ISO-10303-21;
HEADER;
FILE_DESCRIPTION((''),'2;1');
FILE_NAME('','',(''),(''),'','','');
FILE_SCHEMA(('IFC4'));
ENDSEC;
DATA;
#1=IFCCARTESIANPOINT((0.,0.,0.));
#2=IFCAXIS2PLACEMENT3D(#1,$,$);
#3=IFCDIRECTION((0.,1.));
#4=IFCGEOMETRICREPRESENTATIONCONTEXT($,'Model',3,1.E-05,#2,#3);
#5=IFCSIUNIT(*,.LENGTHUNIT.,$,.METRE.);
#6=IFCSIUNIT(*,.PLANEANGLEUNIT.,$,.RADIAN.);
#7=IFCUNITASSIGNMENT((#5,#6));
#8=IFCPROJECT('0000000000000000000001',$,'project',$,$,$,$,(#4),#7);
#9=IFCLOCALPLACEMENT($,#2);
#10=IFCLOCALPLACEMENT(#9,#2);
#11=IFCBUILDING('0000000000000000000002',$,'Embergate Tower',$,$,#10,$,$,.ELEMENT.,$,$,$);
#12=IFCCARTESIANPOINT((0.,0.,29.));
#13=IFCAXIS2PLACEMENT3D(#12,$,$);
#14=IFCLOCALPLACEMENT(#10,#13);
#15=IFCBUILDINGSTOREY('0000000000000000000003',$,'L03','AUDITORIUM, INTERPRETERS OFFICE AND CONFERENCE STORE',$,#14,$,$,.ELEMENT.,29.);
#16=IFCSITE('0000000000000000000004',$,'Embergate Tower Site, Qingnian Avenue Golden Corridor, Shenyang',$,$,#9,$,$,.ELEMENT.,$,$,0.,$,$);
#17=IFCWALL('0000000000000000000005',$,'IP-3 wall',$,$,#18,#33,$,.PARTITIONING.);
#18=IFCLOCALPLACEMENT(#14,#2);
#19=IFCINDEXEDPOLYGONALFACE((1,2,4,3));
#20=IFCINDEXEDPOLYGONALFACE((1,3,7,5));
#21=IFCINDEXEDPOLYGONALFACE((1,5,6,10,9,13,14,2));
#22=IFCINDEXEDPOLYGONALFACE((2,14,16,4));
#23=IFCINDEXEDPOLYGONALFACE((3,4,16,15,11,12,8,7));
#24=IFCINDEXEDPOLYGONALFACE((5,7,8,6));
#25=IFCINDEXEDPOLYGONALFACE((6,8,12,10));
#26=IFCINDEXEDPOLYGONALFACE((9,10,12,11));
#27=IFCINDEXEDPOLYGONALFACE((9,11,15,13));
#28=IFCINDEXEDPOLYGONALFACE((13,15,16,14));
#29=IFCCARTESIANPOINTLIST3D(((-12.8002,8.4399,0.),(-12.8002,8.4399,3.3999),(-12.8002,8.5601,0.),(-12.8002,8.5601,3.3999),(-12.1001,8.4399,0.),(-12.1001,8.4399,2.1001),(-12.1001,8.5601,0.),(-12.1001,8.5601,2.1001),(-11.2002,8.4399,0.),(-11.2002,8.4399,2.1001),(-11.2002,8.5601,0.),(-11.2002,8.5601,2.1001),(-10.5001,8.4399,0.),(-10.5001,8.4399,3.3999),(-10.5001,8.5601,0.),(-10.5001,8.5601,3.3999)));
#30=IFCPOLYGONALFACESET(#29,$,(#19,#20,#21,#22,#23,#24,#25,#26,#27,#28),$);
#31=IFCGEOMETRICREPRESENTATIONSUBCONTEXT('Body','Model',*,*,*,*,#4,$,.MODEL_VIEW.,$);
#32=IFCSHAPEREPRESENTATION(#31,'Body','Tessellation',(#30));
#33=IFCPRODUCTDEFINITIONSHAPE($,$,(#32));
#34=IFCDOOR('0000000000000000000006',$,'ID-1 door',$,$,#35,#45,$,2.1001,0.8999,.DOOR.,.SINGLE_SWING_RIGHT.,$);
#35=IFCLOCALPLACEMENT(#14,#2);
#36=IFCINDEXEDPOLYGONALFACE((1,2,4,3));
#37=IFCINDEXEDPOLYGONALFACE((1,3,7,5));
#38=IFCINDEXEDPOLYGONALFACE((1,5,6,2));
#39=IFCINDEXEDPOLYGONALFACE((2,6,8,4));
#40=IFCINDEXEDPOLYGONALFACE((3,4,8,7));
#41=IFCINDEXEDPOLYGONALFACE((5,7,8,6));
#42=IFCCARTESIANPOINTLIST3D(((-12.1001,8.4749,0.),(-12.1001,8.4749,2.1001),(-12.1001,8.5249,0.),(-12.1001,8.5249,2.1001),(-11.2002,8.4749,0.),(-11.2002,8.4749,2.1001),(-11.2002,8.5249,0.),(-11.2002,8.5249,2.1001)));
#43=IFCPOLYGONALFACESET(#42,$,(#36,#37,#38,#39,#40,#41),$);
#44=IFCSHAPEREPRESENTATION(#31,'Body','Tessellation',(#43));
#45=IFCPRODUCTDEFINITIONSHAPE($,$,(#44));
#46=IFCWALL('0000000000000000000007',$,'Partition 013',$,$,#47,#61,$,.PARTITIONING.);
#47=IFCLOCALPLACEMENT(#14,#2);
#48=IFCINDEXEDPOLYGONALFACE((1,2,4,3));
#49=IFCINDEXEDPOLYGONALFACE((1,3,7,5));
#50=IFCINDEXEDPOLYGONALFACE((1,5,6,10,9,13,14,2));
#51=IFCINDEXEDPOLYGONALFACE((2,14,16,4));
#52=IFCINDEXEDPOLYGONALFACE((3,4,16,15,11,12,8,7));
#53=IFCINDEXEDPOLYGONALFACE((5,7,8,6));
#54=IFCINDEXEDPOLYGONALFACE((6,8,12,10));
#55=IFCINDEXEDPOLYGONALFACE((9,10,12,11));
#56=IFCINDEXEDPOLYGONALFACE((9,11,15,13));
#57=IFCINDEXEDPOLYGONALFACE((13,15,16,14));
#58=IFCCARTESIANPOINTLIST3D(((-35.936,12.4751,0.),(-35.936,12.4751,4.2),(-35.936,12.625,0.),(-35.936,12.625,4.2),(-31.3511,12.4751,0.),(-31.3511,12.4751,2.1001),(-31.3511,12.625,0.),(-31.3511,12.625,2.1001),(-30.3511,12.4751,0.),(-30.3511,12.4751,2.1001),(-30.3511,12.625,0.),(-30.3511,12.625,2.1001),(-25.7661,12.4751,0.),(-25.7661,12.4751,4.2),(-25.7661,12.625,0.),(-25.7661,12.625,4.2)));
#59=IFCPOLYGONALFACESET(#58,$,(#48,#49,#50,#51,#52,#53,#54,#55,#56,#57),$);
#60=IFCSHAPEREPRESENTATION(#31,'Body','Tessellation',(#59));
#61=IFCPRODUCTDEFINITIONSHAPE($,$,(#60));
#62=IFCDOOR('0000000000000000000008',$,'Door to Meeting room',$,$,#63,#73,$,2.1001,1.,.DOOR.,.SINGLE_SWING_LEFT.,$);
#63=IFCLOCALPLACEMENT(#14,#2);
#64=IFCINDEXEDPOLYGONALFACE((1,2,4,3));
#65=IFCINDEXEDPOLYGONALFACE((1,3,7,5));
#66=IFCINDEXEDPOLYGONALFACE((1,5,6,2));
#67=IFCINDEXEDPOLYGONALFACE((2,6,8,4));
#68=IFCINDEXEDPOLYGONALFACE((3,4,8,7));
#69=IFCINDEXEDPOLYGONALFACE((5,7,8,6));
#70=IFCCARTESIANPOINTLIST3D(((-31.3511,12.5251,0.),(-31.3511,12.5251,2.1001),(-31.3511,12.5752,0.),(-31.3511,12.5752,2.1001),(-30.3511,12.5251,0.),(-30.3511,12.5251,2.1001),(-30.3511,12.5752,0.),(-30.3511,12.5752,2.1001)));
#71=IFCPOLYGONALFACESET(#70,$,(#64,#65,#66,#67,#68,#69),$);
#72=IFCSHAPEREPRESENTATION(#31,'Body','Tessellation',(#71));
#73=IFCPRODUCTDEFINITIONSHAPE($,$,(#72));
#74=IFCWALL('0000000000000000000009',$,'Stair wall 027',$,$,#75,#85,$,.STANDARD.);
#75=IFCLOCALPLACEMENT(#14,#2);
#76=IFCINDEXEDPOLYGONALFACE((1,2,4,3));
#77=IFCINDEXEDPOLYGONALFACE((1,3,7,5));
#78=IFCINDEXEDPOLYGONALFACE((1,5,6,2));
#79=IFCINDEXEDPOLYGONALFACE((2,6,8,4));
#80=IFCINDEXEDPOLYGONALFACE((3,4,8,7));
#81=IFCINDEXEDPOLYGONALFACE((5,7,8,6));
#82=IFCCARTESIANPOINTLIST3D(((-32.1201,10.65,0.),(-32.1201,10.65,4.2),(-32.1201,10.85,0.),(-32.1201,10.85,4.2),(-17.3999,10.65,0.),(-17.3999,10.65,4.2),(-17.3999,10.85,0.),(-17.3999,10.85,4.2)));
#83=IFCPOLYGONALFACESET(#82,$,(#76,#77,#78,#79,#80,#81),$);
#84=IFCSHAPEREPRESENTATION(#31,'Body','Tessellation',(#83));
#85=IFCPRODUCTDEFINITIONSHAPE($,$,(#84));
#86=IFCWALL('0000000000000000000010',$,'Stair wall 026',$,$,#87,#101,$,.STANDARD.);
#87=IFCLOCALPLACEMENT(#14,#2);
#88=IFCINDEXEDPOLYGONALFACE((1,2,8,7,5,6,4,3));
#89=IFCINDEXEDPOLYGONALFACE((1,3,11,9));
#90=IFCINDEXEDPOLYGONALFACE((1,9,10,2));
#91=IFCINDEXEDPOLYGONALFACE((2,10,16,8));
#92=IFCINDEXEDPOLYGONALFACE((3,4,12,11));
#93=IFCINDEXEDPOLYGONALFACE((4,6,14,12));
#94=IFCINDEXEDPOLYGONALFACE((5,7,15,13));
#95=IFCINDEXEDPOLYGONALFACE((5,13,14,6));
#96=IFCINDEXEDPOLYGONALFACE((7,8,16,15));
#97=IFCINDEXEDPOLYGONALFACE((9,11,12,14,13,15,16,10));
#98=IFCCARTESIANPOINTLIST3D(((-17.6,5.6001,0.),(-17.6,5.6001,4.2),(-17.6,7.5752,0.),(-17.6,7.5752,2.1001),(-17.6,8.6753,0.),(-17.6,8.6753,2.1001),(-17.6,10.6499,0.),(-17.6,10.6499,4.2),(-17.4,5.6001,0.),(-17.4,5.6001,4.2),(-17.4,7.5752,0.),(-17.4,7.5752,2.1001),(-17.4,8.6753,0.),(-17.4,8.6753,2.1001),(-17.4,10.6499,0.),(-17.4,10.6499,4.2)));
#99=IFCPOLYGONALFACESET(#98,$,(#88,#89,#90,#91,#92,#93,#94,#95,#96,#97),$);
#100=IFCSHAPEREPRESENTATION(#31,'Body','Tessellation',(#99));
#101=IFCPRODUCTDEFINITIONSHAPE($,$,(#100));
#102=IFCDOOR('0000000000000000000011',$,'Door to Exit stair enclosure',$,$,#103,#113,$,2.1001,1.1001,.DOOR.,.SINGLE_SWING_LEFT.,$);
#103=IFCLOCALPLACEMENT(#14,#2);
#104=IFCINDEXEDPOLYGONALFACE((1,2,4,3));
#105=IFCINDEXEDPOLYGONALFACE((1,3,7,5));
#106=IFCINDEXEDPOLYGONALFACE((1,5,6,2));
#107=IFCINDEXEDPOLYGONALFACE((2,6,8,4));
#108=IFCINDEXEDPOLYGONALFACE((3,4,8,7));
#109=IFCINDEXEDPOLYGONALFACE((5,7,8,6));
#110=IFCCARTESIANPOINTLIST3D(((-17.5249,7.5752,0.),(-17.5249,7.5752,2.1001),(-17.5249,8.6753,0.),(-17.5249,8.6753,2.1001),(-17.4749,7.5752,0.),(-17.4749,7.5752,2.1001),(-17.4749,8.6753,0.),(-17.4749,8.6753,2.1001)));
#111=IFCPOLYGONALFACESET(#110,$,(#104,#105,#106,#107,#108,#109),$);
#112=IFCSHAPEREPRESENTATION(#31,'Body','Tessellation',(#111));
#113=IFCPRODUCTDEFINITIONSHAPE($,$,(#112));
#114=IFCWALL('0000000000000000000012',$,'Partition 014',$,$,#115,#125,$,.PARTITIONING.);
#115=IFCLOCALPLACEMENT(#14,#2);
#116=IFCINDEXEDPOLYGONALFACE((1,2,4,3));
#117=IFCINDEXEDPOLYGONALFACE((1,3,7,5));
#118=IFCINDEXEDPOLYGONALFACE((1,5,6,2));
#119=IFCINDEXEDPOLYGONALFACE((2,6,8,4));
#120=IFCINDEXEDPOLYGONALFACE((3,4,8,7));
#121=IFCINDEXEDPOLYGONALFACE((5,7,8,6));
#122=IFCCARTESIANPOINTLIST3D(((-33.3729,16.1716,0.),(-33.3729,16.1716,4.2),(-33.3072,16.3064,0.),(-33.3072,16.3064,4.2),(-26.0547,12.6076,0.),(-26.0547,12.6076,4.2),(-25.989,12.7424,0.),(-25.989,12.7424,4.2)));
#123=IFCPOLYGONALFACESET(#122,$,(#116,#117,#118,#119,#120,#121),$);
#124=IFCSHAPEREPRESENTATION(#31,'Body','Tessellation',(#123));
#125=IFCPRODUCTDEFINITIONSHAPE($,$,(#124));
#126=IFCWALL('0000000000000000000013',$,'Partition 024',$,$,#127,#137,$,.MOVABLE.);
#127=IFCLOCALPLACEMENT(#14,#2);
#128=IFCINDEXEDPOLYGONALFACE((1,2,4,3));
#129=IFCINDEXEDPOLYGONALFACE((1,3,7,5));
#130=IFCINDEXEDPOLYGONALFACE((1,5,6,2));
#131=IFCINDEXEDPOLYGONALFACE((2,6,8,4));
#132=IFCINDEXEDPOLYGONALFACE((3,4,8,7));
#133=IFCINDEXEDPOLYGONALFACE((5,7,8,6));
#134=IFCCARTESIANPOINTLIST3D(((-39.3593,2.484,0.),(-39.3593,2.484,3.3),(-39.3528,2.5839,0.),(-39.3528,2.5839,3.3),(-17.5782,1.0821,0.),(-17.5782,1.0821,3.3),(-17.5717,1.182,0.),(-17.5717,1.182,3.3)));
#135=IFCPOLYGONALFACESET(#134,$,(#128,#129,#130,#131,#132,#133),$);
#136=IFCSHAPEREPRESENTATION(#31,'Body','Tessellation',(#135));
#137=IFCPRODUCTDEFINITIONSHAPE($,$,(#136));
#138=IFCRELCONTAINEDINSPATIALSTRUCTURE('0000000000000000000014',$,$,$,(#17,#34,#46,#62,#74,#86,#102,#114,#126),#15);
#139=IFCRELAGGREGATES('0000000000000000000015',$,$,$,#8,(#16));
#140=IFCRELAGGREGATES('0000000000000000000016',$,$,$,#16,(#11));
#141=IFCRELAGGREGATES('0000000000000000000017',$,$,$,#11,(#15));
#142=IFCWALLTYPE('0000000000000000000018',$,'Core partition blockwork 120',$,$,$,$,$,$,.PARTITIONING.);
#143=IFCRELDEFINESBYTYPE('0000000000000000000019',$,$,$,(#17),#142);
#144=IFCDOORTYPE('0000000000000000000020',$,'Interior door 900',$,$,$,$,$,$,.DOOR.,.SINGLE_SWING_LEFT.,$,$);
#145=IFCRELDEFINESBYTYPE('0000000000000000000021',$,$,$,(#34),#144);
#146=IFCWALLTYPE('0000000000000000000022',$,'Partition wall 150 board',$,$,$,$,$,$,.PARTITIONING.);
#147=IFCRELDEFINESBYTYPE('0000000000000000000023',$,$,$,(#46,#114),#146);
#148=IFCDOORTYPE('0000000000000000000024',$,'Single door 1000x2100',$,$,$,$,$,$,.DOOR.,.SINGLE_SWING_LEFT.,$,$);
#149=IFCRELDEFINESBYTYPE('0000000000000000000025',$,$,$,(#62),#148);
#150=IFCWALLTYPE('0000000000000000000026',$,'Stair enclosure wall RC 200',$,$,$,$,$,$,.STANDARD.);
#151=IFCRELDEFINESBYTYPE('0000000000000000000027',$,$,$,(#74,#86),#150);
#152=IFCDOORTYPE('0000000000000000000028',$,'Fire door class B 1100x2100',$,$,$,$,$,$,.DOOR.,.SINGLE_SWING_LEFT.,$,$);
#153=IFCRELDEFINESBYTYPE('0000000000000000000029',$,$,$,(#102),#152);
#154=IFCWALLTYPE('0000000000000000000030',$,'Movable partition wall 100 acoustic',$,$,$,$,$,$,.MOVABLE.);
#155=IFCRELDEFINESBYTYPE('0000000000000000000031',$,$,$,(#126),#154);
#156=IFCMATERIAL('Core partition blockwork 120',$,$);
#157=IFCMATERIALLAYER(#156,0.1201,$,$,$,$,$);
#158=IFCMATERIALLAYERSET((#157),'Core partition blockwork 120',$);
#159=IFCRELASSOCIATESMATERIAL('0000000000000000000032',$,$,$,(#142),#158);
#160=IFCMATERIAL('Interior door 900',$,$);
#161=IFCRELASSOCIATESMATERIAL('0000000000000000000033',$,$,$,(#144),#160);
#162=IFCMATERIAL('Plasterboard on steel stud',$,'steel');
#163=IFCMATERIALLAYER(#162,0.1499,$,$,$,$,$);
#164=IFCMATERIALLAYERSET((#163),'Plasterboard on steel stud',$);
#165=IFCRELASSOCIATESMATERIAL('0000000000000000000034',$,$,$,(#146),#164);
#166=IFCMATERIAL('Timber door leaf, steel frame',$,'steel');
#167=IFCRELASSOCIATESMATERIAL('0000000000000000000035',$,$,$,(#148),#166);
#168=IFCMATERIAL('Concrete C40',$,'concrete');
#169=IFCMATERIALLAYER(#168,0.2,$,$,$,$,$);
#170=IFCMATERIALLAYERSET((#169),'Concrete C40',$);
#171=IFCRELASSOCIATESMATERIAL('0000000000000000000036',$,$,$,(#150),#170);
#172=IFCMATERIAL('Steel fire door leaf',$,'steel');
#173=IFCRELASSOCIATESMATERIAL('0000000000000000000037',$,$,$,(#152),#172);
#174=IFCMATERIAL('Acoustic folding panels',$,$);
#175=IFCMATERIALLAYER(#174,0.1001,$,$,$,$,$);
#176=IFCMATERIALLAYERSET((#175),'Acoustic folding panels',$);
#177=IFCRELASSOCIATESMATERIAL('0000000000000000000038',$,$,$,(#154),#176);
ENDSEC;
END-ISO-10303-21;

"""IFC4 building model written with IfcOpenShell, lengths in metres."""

from ifc_helpers import new_model, si_unit, direction, frame, frame_2d, origin, place, context, subcontext, project, spatial, rectangle, extrude, source, transform, mapped, material, layer, layer_set, type_object, element, fill, save


model = new_model("IFC4")

# Units and contexts
model_context = context("Model", 3, precision=1e-05, world=origin(), true_north=direction((0.0, 1.0)))
body_context = subcontext(model_context, "Body", "Model", "MODEL_VIEW")
ifc_project = project(units=[si_unit("LENGTHUNIT", "METRE"), si_unit("PLANEANGLEUNIT", "RADIAN")], contexts=[model_context])

# Site, building, storey
site_placement = place(None, origin())
site = spatial("IfcSite", under=ifc_project, at=site_placement, Name="Embergate Tower Site, Qingnian Avenue Golden Corridor, Shenyang", CompositionType="ELEMENT", RefElevation=0.0)
building_placement = place(site_placement, origin())
building = spatial("IfcBuilding", under=site, at=building_placement, Name="Embergate Tower", CompositionType="ELEMENT")
storey_placement = place(building_placement, frame((0.0, 0.0, 29.0)))
storey = spatial("IfcBuildingStorey", under=building, at=storey_placement, Name="L03", Description="AUDITORIUM, INTERPRETERS OFFICE AND CONFERENCE STORE", CompositionType="ELEMENT", Elevation=29.0)

# Shared definitions
ifc_material_1 = material(Name="Core partition blockwork 120")
ifc_layer_1 = layer(ifc_material_1, 0.1201)
ifc_layer_set_1 = layer_set([ifc_layer_1], Name="Core partition blockwork 120")
wall_type_1 = type_object("IfcWallType", Name="Core partition blockwork 120", PredefinedType="PARTITIONING", material=ifc_layer_set_1)
shared_shape_1 = source(origin(), body_context, "Body", "SweptSolid", [
    extrude(rectangle(XDim=0.8999, YDim=2.1001, at=frame_2d((0.45, 1.05))), frame((0.0, 0.0701, 0.0), z_axis=(0.0, -1.0, 0.0), x_axis=(1.0, 0.0, 0.0)), (0.0, 0.0, 1.0), 0.1401),
])
ifc_material_2 = material(Name="Interior door 900")
door_type_1 = type_object("IfcDoorType", Name="Interior door 900", OperationType="SINGLE_SWING_LEFT", PredefinedType="DOOR", material=ifc_material_2)
shared_shape_2 = source(origin(), body_context, "Body", "SweptSolid", [
    extrude(rectangle(XDim=0.8999, YDim=2.1001, at=frame_2d((0.45, 1.05))), frame((0.0, 0.0249, 0.0), z_axis=(0.0, -1.0, 0.0), x_axis=(1.0, 0.0, 0.0)), (0.0, 0.0, 1.0), 0.05),
])

# Walls, openings, doors
shared_shape_3 = source(origin(), body_context, "Body", "SweptSolid", [
    extrude(rectangle(XDim=2.3, YDim=0.1201, at=frame_2d((1.1499, 0.0))), origin(), (0.0, 0.0, 1.0), 3.3999),
])
wall_1_placement = place(storey_placement, frame((-12.8, 8.5, 0.0), z_axis=(0.0, 0.0, 1.0), x_axis=(1.0, 0.0, 0.0)))
wall_1 = element("IfcWall", 1, at=wall_1_placement, inside=storey, type_object=wall_type_1, Name="IP-3 wall", PredefinedType="PARTITIONING", context=body_context, shape_type="MappedRepresentation", body=[
    mapped(shared_shape_3, transform((0.0, 0.0, 0.0))),
])
opening_1_placement = place(wall_1_placement, frame((0.7, 0.0, 0.0)))
opening_1 = element("IfcOpeningElement", 2, at=opening_1_placement, cuts=wall_1, PredefinedType="OPENING", context=body_context, shape_type="MappedRepresentation", body=[
    mapped(shared_shape_1, transform((0.0, 0.0, 0.0))),
])
door_1_placement = place(opening_1_placement, origin())
door_1 = element("IfcDoor", 3, at=door_1_placement, inside=storey, type_object=door_type_1, Name="ID-1 door", OperationType="SINGLE_SWING_RIGHT", OverallHeight=2.1001, OverallWidth=0.8999, PredefinedType="DOOR", context=body_context, shape_type="MappedRepresentation", body=[
    mapped(shared_shape_2, transform((0.0, 0.0, 0.0))),
])
fill(opening_1, door_1)
ifc_material_3 = material(Name="Plasterboard on steel stud", Category="steel")
ifc_layer_2 = layer(ifc_material_3, 0.1499)
ifc_layer_set_2 = layer_set([ifc_layer_2], Name="Plasterboard on steel stud")
wall_type_2 = type_object("IfcWallType", Name="Partition wall 150 board", PredefinedType="PARTITIONING", material=ifc_layer_set_2)
shared_shape_4 = source(origin(), body_context, "Body", "SweptSolid", [
    extrude(rectangle(XDim=10.1699, YDim=0.1499, at=frame_2d((5.085, 0.0))), origin(), (0.0, 0.0, 1.0), 4.2),
])
wall_2_placement = place(storey_placement, frame((-25.7661, 12.55, 0.0), z_axis=(0.0, 0.0, 1.0), x_axis=(-1.0, 0.0, 0.0)))
wall_2 = element("IfcWall", 4, at=wall_2_placement, inside=storey, type_object=wall_type_2, Name="Partition 013", PredefinedType="PARTITIONING", context=body_context, shape_type="MappedRepresentation", body=[
    mapped(shared_shape_4, transform((0.0, 0.0, 0.0))),
])
shared_shape_5 = source(origin(), body_context, "Body", "SweptSolid", [
    extrude(rectangle(XDim=1.0, YDim=2.1001, at=frame_2d((0.5, 1.05))), frame((0.0, 0.085, 0.0), z_axis=(0.0, -1.0, 0.0), x_axis=(1.0, 0.0, 0.0)), (0.0, 0.0, 1.0), 0.1699),
])
opening_2_placement = place(wall_2_placement, frame((4.585, 0.0, 0.0)))
opening_2 = element("IfcOpeningElement", 5, at=opening_2_placement, cuts=wall_2, PredefinedType="OPENING", context=body_context, shape_type="MappedRepresentation", body=[
    mapped(shared_shape_5, transform((0.0, 0.0, 0.0))),
])
ifc_material_4 = material(Name="Timber door leaf, steel frame", Category="steel")
door_type_2 = type_object("IfcDoorType", Name="Single door 1000x2100", OperationType="SINGLE_SWING_LEFT", PredefinedType="DOOR", material=ifc_material_4)
shared_shape_6 = source(origin(), body_context, "Body", "SweptSolid", [
    extrude(rectangle(XDim=1.0, YDim=2.1001, at=frame_2d((0.5, 1.05))), frame((0.0, 0.0249, 0.0), z_axis=(0.0, -1.0, 0.0), x_axis=(1.0, 0.0, 0.0)), (0.0, 0.0, 1.0), 0.05),
])
door_2_placement = place(opening_2_placement, origin())
door_2 = element("IfcDoor", 6, at=door_2_placement, inside=storey, type_object=door_type_2, Name="Door to Meeting room", OperationType="SINGLE_SWING_LEFT", OverallHeight=2.1001, OverallWidth=1.0, PredefinedType="DOOR", context=body_context, shape_type="MappedRepresentation", body=[
    mapped(shared_shape_6, transform((0.0, 0.0, 0.0))),
])
fill(opening_2, door_2)

# Wall
ifc_material_5 = material(Name="Concrete C40", Category="concrete")
ifc_layer_3 = layer(ifc_material_5, 0.2)
ifc_layer_set_3 = layer_set([ifc_layer_3], Name="Concrete C40")
wall_type_3 = type_object("IfcWallType", Name="Stair enclosure wall RC 200", PredefinedType="STANDARD", material=ifc_layer_set_3)
shared_shape_7 = source(origin(), body_context, "Body", "SweptSolid", [
    extrude(rectangle(XDim=14.7202, YDim=0.2, at=frame_2d((7.3601, 0.0))), origin(), (0.0, 0.0, 1.0), 4.2),
])
wall_3_placement = place(storey_placement, frame((-17.3999, 10.75, 0.0), z_axis=(0.0, 0.0, 1.0), x_axis=(-1.0, 0.0, 0.0)))
element("IfcWall", 7, at=wall_3_placement, inside=storey, type_object=wall_type_3, Name="Stair wall 027", PredefinedType="STANDARD", context=body_context, shape_type="MappedRepresentation", body=[
    mapped(shared_shape_7, transform((0.0, 0.0, 0.0))),
])

# Wall, opening, door
shared_shape_8 = source(origin(), body_context, "Body", "SweptSolid", [
    extrude(rectangle(XDim=5.0498, YDim=0.2, at=frame_2d((2.5249, 0.0))), origin(), (0.0, 0.0, 1.0), 4.2),
])
wall_4_placement = place(storey_placement, frame((-17.5, 5.6001, 0.0), z_axis=(0.0, 0.0, 1.0), x_axis=(0.0, 1.0, 0.0)))
wall_4 = element("IfcWall", 8, at=wall_4_placement, inside=storey, type_object=wall_type_3, Name="Stair wall 026", PredefinedType="STANDARD", context=body_context, shape_type="MappedRepresentation", body=[
    mapped(shared_shape_8, transform((0.0, 0.0, 0.0))),
])
shared_shape_9 = source(origin(), body_context, "Body", "SweptSolid", [
    extrude(rectangle(XDim=1.1001, YDim=2.1001, at=frame_2d((0.55, 1.05))), frame((0.0, 0.1099, 0.0), z_axis=(0.0, -1.0, 0.0), x_axis=(1.0, 0.0, 0.0)), (0.0, 0.0, 1.0), 0.22),
])
opening_3_placement = place(wall_4_placement, frame((1.9751, 0.0, 0.0)))
opening_3 = element("IfcOpeningElement", 9, at=opening_3_placement, cuts=wall_4, PredefinedType="OPENING", context=body_context, shape_type="MappedRepresentation", body=[
    mapped(shared_shape_9, transform((0.0, 0.0, 0.0))),
])
ifc_material_6 = material(Name="Steel fire door leaf", Category="steel")
door_type_3 = type_object("IfcDoorType", Name="Fire door class B 1100x2100", OperationType="SINGLE_SWING_LEFT", PredefinedType="DOOR", material=ifc_material_6)
shared_shape_10 = source(origin(), body_context, "Body", "SweptSolid", [
    extrude(rectangle(XDim=1.1001, YDim=2.1001, at=frame_2d((0.55, 1.05))), frame((0.0, 0.0249, 0.0), z_axis=(0.0, -1.0, 0.0), x_axis=(1.0, 0.0, 0.0)), (0.0, 0.0, 1.0), 0.05),
])
door_3_placement = place(opening_3_placement, origin())
door_3 = element("IfcDoor", 10, at=door_3_placement, inside=storey, type_object=door_type_3, Name="Door to Exit stair enclosure", OperationType="SINGLE_SWING_LEFT", OverallHeight=2.1001, OverallWidth=1.1001, PredefinedType="DOOR", context=body_context, shape_type="MappedRepresentation", body=[
    mapped(shared_shape_10, transform((0.0, 0.0, 0.0))),
])
fill(opening_3, door_3)

# Walls
shared_shape_11 = source(origin(), body_context, "Body", "SweptSolid", [
    extrude(rectangle(XDim=8.1399, YDim=0.1499, at=frame_2d((4.0698, 0.0))), origin(), (0.0, 0.0, 1.0), 4.2),
])
wall_5_placement = place(storey_placement, frame((-26.022, 12.675, 0.0), z_axis=(0.0, 0.0, 1.0), x_axis=(-0.899051, 0.437843, 0.0)))
element("IfcWall", 11, at=wall_5_placement, inside=storey, type_object=wall_type_2, Name="Partition 014", PredefinedType="PARTITIONING", context=body_context, shape_type="MappedRepresentation", body=[
    mapped(shared_shape_11, transform((0.0, 0.0, 0.0))),
])
ifc_material_7 = material(Name="Acoustic folding panels")
ifc_layer_4 = layer(ifc_material_7, 0.1001)
ifc_layer_set_4 = layer_set([ifc_layer_4], Name="Acoustic folding panels")
wall_type_4 = type_object("IfcWallType", Name="Movable partition wall 100 acoustic", PredefinedType="MOVABLE", material=ifc_layer_set_4)
shared_shape_12 = source(origin(), body_context, "Body", "SweptSolid", [
    extrude(rectangle(XDim=21.8262, YDim=0.1001, at=frame_2d((10.9131, 0.0))), origin(), (0.0, 0.0, 1.0), 3.3),
])
wall_6_placement = place(storey_placement, frame((-17.575, 1.1321, 0.0), z_axis=(0.0, 0.0, 1.0), x_axis=(-0.997935, 0.064228, 0.0)))
element("IfcWall", 12, at=wall_6_placement, inside=storey, type_object=wall_type_4, Name="Partition 024", PredefinedType="MOVABLE", context=body_context, shape_type="MappedRepresentation", body=[
    mapped(shared_shape_12, transform((0.0, 0.0, 0.0))),
])

save(model, "model.ifc")
